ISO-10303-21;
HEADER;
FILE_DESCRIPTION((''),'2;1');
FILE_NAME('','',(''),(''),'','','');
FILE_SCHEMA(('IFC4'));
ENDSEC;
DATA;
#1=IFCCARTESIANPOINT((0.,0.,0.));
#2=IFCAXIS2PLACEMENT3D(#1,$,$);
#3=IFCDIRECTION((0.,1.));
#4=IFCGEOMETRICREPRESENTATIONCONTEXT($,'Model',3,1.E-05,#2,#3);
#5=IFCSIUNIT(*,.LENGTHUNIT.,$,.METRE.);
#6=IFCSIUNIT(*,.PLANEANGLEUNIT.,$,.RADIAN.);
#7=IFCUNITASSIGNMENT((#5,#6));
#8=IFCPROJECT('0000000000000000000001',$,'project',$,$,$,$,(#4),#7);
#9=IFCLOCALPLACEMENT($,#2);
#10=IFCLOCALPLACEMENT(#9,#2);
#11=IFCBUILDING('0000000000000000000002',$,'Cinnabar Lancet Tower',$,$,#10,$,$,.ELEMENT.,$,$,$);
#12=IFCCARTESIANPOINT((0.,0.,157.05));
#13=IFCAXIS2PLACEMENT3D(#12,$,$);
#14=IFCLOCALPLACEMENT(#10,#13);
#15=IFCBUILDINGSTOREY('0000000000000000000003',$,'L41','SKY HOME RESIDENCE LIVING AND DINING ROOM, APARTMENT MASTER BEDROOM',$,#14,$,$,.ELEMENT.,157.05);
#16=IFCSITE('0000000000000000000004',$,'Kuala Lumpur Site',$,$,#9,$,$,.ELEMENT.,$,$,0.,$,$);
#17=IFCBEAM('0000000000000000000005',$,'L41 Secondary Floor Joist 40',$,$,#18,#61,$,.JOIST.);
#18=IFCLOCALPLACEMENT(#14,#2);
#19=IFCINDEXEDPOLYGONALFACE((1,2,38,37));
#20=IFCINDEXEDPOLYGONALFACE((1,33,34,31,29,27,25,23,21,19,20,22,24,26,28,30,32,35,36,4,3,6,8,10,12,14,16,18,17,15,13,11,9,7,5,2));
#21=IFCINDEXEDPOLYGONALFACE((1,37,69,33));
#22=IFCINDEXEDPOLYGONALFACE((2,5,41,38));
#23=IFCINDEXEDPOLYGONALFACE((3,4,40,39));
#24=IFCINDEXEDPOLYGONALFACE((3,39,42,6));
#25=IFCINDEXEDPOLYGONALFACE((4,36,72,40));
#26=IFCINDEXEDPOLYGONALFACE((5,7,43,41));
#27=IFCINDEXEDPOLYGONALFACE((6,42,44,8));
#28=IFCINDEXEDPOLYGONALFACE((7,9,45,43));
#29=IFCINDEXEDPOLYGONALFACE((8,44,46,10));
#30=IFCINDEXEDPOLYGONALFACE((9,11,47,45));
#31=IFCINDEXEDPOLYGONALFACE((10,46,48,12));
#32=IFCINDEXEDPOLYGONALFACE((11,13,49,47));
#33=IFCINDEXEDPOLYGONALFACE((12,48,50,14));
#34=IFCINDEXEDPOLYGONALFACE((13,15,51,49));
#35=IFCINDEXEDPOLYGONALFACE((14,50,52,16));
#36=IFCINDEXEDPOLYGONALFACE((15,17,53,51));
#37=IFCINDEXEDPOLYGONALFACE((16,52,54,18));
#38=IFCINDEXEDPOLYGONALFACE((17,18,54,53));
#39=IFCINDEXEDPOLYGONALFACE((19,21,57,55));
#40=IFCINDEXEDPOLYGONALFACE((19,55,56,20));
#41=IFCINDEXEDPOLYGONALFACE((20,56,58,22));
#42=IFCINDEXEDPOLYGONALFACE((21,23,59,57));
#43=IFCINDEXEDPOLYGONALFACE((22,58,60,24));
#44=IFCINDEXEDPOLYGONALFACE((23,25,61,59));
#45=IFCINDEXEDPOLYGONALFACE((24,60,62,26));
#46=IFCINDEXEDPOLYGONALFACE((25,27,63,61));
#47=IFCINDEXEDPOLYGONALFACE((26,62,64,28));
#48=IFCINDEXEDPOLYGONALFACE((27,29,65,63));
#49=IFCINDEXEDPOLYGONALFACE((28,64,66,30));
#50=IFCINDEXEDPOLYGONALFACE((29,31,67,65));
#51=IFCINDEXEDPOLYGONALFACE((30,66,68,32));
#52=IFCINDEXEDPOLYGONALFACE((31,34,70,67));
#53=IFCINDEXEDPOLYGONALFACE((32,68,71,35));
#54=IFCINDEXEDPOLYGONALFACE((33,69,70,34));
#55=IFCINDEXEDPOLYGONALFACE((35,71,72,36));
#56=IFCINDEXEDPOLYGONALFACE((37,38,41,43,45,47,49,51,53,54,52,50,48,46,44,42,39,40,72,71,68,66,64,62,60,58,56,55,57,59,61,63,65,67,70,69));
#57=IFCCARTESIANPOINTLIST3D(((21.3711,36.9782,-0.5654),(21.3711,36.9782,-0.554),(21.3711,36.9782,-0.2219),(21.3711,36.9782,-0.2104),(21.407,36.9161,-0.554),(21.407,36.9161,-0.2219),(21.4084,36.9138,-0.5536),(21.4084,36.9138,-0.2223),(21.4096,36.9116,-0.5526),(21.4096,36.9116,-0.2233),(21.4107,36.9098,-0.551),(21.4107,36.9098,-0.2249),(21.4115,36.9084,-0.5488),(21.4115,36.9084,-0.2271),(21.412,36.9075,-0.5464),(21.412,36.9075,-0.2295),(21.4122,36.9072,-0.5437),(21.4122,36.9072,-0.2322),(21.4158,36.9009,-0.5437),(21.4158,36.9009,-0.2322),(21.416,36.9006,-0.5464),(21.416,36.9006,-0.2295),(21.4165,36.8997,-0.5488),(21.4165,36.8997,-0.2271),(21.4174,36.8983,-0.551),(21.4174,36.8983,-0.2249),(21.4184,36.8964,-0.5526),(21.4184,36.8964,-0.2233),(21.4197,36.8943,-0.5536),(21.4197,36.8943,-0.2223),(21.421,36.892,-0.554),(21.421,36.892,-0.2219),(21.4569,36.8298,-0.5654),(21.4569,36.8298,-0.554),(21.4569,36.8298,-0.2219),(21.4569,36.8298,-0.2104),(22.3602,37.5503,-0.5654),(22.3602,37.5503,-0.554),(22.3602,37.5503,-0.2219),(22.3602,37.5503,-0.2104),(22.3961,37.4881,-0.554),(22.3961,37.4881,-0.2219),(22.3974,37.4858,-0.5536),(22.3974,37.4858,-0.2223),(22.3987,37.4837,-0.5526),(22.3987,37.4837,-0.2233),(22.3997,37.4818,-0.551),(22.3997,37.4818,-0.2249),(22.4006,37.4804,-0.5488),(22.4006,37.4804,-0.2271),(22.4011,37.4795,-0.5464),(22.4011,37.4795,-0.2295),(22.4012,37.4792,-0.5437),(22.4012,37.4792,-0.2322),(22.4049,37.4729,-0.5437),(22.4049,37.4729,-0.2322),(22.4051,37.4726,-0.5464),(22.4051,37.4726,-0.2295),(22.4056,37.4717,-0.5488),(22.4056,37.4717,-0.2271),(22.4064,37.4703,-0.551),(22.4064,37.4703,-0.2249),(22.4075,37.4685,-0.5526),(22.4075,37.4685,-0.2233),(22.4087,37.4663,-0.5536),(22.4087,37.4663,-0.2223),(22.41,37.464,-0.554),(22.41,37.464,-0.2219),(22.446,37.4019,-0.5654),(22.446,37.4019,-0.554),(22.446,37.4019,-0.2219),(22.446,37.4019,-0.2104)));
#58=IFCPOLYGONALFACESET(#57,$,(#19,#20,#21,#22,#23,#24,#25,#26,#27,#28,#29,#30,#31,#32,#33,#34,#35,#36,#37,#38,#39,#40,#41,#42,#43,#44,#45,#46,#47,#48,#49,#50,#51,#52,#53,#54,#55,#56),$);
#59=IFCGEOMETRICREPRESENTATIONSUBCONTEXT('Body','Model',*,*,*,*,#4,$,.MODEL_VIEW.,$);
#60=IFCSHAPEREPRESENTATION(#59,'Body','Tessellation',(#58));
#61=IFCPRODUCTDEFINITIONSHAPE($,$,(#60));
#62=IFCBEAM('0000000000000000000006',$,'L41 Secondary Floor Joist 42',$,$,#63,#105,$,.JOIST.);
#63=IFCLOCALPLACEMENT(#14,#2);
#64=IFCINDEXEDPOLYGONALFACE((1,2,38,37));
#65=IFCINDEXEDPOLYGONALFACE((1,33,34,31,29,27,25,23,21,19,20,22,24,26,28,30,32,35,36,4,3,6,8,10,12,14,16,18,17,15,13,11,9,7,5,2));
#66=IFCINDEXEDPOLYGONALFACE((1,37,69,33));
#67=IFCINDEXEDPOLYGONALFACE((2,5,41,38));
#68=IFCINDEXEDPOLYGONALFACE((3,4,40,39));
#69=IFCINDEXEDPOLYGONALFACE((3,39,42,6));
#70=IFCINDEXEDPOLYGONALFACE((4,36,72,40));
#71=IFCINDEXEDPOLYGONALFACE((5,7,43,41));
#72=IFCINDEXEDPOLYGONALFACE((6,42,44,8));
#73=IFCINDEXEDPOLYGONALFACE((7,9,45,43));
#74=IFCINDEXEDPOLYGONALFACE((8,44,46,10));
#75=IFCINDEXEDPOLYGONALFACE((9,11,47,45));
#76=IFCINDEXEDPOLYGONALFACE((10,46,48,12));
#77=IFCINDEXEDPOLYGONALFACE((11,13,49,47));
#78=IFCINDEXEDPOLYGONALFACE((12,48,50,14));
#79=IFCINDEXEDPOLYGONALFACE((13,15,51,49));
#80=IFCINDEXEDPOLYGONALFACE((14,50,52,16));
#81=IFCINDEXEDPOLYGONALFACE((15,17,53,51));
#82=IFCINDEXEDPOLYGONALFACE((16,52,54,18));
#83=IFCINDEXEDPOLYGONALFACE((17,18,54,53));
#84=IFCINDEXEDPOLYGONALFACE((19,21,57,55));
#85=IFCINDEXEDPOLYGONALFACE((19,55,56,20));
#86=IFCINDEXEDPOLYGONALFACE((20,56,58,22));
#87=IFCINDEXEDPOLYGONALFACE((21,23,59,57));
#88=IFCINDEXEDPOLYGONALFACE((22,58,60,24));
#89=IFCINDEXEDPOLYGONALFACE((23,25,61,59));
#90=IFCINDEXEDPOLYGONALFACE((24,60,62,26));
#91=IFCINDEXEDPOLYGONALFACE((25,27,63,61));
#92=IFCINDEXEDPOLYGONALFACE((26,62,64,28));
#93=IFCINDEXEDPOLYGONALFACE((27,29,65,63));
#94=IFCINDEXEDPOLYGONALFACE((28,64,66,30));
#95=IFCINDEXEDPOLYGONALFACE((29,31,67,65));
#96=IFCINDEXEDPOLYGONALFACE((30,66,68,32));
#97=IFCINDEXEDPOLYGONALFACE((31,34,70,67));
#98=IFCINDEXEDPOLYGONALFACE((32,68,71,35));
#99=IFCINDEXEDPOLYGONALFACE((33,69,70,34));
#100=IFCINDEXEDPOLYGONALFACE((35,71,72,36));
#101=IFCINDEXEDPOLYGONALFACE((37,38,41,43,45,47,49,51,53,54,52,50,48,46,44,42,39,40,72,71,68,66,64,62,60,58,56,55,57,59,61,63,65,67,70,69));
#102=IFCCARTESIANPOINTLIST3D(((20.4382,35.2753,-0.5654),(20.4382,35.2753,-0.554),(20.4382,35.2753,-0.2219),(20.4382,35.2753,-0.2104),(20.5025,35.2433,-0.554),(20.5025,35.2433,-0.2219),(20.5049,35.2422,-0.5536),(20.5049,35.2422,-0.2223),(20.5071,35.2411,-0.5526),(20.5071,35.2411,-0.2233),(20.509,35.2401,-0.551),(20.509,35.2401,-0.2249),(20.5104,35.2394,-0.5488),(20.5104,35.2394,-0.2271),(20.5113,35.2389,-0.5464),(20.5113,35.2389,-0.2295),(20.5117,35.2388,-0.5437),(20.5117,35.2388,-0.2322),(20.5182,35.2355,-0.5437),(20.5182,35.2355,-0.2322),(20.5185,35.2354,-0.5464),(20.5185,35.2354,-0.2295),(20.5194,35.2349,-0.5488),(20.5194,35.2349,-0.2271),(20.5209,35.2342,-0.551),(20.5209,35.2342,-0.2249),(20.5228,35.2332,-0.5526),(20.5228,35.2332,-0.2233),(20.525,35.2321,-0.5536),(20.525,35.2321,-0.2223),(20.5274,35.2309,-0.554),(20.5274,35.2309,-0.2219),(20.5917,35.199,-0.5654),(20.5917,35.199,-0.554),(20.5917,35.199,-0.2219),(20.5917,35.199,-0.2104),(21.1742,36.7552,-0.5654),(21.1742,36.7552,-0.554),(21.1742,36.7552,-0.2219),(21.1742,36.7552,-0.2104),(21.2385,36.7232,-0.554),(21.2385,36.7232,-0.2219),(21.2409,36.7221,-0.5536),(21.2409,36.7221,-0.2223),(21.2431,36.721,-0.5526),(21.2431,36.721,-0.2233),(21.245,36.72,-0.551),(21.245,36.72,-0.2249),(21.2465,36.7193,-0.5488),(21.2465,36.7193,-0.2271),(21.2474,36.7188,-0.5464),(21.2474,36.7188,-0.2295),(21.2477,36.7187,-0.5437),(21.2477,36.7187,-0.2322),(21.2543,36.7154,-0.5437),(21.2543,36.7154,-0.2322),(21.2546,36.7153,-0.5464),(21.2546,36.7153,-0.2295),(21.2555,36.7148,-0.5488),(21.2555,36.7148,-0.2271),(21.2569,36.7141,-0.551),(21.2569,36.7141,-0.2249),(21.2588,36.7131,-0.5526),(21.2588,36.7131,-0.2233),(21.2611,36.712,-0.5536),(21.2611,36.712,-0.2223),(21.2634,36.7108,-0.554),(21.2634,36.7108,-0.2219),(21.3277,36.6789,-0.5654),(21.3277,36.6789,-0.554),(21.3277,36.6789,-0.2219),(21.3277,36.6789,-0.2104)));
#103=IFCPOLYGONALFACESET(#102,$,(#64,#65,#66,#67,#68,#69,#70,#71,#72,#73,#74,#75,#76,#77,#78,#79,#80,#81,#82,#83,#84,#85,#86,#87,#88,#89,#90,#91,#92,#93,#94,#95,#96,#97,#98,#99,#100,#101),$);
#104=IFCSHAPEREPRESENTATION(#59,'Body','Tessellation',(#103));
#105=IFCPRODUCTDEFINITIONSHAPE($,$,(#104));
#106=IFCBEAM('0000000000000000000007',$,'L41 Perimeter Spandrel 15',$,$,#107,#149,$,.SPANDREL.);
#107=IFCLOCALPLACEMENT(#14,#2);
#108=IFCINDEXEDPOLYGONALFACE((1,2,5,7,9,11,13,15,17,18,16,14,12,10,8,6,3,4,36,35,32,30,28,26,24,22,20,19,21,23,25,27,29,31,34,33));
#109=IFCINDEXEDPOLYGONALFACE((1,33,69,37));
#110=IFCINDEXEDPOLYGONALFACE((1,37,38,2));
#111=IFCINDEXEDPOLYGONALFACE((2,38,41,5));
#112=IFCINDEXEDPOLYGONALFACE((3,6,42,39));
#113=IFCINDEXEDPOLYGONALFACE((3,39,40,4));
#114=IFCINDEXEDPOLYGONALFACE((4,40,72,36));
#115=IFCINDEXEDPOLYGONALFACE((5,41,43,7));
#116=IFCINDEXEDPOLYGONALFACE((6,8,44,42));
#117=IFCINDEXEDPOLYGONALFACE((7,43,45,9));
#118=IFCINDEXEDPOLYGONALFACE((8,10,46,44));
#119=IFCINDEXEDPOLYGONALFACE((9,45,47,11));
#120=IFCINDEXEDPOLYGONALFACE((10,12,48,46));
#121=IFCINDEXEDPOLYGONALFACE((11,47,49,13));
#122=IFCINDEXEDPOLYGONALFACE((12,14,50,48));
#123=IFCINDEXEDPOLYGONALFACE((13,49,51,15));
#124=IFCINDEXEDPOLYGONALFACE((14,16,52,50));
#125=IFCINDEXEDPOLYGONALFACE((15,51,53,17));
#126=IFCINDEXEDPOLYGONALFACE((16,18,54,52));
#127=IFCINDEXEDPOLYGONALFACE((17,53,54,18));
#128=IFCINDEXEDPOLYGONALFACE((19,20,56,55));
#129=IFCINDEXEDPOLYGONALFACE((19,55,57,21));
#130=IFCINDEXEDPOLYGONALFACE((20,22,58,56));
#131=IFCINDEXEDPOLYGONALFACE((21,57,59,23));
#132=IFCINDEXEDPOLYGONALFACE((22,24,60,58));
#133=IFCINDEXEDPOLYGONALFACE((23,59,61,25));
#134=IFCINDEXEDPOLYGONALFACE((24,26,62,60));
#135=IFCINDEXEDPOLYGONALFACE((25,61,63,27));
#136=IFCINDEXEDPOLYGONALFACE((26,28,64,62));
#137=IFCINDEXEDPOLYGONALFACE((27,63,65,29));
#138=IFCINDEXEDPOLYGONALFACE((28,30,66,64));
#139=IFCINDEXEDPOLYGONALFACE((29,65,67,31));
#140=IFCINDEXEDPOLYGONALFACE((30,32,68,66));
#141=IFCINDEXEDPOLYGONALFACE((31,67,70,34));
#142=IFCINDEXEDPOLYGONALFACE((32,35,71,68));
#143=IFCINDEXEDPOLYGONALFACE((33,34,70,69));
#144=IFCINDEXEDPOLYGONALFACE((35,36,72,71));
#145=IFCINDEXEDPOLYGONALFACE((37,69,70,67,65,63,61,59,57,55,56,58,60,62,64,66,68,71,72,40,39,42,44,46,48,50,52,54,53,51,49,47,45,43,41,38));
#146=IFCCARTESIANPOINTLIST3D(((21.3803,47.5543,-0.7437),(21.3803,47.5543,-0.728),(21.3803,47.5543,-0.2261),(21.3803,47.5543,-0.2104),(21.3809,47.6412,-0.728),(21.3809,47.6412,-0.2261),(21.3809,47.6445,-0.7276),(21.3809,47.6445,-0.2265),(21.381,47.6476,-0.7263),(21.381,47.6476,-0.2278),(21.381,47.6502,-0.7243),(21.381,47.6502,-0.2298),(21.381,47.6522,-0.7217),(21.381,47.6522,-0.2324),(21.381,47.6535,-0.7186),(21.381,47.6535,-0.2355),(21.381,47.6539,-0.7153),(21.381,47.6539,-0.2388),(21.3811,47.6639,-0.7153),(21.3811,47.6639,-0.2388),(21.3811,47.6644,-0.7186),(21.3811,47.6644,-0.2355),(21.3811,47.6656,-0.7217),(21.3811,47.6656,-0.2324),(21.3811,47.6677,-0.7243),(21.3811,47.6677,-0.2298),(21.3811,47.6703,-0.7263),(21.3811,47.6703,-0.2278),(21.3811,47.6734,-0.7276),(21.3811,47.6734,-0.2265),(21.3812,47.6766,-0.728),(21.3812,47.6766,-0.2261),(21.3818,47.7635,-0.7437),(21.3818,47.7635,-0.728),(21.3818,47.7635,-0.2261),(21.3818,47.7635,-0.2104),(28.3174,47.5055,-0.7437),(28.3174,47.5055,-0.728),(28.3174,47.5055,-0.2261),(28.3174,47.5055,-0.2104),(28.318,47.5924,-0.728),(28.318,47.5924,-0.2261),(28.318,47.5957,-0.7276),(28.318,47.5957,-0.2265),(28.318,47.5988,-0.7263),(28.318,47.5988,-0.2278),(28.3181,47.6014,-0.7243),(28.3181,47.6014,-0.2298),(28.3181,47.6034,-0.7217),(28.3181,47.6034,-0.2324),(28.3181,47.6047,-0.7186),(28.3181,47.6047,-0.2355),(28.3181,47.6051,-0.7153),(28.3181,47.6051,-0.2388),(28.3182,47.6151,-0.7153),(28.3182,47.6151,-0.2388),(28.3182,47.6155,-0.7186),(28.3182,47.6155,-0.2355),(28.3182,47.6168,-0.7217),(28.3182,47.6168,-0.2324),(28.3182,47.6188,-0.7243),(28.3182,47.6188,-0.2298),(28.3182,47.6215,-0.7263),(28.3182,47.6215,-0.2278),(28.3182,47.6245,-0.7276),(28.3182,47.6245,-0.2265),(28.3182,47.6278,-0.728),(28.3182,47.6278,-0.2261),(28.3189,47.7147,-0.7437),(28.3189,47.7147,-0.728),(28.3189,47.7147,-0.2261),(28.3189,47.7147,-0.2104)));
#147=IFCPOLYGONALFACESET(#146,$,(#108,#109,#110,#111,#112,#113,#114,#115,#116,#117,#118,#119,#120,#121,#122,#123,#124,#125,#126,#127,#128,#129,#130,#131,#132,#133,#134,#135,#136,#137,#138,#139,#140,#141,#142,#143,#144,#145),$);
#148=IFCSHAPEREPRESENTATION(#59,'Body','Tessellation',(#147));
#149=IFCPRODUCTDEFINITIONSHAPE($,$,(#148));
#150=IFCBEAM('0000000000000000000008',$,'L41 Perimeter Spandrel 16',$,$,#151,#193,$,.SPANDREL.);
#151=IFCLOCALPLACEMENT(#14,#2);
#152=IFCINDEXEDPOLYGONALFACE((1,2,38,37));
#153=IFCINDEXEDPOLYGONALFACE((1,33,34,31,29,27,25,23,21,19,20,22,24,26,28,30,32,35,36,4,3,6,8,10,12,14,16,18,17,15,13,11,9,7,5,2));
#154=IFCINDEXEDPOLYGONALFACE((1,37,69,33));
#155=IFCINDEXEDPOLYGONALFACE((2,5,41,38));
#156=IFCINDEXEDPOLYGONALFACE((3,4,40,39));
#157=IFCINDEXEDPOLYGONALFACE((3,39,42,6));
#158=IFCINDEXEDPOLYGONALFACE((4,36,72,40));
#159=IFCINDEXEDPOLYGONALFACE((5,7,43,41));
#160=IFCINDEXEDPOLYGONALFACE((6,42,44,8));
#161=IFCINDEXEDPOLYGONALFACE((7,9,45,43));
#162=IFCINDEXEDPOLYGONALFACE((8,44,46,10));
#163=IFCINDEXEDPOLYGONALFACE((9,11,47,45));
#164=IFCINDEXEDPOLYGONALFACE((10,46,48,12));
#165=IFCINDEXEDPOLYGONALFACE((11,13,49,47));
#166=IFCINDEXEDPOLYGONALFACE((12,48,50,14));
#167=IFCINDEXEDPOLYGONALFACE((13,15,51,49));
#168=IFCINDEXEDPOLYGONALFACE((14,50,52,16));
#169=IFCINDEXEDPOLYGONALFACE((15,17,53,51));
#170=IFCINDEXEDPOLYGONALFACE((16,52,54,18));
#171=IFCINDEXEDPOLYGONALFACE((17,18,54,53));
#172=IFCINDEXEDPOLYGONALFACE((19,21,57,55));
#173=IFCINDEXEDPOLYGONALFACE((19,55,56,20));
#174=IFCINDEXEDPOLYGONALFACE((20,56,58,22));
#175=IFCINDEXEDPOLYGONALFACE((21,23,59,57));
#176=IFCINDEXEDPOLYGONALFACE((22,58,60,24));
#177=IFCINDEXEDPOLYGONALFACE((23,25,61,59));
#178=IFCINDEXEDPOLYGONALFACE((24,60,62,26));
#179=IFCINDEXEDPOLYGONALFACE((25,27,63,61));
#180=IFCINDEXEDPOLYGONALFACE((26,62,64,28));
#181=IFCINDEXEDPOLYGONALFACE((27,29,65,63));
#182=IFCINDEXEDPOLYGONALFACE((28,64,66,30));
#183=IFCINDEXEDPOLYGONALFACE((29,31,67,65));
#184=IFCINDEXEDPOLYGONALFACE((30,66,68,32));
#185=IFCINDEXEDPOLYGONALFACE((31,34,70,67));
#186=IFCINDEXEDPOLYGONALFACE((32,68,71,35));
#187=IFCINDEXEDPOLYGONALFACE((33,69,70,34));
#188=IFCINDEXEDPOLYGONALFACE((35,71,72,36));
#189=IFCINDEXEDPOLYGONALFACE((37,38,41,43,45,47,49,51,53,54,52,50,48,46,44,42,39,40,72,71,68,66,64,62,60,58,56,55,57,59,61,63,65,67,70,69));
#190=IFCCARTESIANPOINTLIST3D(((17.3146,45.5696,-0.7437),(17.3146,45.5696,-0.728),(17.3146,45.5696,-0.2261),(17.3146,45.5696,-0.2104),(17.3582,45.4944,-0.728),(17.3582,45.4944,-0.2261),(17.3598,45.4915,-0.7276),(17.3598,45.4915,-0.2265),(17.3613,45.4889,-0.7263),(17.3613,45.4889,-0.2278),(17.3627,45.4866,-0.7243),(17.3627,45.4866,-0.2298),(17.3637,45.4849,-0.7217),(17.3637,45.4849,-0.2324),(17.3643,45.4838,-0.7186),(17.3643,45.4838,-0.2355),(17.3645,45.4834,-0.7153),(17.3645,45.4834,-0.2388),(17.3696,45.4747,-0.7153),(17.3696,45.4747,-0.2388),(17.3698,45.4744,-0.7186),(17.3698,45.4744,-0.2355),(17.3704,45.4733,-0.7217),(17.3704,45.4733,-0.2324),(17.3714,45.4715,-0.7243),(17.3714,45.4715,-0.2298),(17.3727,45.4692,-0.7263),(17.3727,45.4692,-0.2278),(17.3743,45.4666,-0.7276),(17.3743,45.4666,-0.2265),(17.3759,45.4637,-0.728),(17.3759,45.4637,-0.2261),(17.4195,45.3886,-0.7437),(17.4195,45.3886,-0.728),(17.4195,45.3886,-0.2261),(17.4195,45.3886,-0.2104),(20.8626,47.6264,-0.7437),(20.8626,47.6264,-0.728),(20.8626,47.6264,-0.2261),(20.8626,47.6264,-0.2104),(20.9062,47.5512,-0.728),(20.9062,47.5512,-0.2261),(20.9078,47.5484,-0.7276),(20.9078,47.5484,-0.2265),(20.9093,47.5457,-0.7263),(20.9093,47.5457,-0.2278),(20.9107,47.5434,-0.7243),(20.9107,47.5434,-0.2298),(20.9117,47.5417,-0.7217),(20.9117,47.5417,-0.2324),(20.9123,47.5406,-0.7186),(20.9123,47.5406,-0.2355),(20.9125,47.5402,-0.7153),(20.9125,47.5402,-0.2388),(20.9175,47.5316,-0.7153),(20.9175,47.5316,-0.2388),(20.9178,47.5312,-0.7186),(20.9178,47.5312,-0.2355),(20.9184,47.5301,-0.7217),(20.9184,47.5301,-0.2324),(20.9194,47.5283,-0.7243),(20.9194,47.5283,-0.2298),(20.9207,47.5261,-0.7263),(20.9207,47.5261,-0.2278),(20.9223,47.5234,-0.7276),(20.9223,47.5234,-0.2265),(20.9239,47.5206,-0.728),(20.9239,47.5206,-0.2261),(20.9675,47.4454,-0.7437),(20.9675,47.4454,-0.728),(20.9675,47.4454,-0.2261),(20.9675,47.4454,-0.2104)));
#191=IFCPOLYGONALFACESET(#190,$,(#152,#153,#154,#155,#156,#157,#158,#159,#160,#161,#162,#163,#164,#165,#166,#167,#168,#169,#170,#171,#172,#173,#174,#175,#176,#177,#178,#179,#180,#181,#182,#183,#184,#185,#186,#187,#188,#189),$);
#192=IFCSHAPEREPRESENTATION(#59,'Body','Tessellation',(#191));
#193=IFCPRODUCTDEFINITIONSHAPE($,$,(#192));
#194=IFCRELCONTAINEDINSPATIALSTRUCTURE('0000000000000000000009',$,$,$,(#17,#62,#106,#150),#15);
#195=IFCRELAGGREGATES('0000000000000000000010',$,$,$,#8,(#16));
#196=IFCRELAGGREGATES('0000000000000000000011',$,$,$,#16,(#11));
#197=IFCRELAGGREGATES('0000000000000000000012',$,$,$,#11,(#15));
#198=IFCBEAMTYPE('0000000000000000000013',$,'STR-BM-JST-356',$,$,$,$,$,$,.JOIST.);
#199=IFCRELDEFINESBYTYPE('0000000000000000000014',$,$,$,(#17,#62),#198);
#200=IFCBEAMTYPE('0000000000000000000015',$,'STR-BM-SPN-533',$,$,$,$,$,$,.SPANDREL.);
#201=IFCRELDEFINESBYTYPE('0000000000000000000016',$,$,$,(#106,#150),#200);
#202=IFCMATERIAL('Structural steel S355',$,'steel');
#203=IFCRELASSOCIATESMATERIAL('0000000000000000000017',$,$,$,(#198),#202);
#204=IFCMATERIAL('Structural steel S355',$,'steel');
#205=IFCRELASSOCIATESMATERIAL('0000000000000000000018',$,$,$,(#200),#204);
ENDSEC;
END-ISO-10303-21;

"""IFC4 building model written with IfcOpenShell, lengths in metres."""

from ifc_helpers import new_model, si_unit, direction, frame, origin, origin_2d, place, context, subcontext, project, spatial, i_section, extrude, material, material_profile, profile_set, type_object, element, save


model = new_model("IFC4")

# Units and contexts
model_context = context("Model", 3, precision=1e-05, world=origin(), true_north=direction((0.0, 1.0)))
body_context = subcontext(model_context, "Body", "Model", "MODEL_VIEW")
ifc_project = project(units=[si_unit("LENGTHUNIT", "METRE"), si_unit("PLANEANGLEUNIT", "RADIAN")], contexts=[model_context])

# Site, building, storey
site_placement = place(None, origin())
site = spatial("IfcSite", under=ifc_project, at=site_placement, Name="Kuala Lumpur Site", CompositionType="ELEMENT", RefElevation=0.0)
building_placement = place(site_placement, origin())
building = spatial("IfcBuilding", under=site, at=building_placement, Name="Cinnabar Lancet Tower", CompositionType="ELEMENT")
storey_placement = place(building_placement, frame((0.0, 0.0, 157.05)))
storey = spatial("IfcBuildingStorey", under=building, at=storey_placement, Name="L41", Description="SKY HOME RESIDENCE LIVING AND DINING ROOM, APARTMENT MASTER BEDROOM", CompositionType="ELEMENT", Elevation=157.05)

# Beams
ifc_material_1 = material(Name="Structural steel S355", Category="steel")
ifc_material_profile_1 = material_profile(ifc_material_1, i_section(OverallWidth=0.1714, OverallDepth=0.355, WebThickness=0.0073, FlangeThickness=0.0115, FilletRadius=0.0103, at=origin_2d()), Name="UKB 356x171x51")
ifc_profile_set_1 = profile_set([ifc_material_profile_1], Name="Structural steel S355")
beam_type_1 = type_object("IfcBeamType", Name="STR-BM-JST-356", PredefinedType="JOIST", material=ifc_profile_set_1)
beam_1_placement = place(storey_placement, frame((22.4031, 37.4761, -0.3879), z_axis=(-0.865641, -0.500666, 0.0), x_axis=(0.500666, -0.865641, 0.0)))
element("IfcBeam", 1, at=beam_1_placement, inside=storey, type_object=beam_type_1, Name="L41 Secondary Floor Joist 40", PredefinedType="JOIST", context=body_context, shape_type="SweptSolid", body=[
    extrude(i_section(OverallWidth=0.1714, OverallDepth=0.355, WebThickness=0.0073, FlangeThickness=0.0115, FilletRadius=0.0103, at=origin_2d()), origin(), (0.0, 0.0, 1.0), 1.1426),
])
beam_2_placement = place(storey_placement, frame((21.251, 36.717, -0.3879), z_axis=(-0.445322, -0.89537, 0.0), x_axis=(0.89537, -0.445322, 0.0)))
element("IfcBeam", 2, at=beam_2_placement, inside=storey, type_object=beam_type_1, Name="L41 Secondary Floor Joist 42", PredefinedType="JOIST", context=body_context, shape_type="SweptSolid", body=[
    extrude(i_section(OverallWidth=0.1714, OverallDepth=0.355, WebThickness=0.0073, FlangeThickness=0.0115, FilletRadius=0.0103, at=origin_2d()), origin(), (0.0, 0.0, 1.0), 1.6528),
])
ifc_material_2 = material(Name="Structural steel S355", Category="steel")
ifc_material_profile_2 = material_profile(ifc_material_2, i_section(OverallWidth=0.2092, OverallDepth=0.5332, WebThickness=0.01, FlangeThickness=0.0156, FilletRadius=0.0127, at=origin_2d()), Name="UKB 533x210x92")
ifc_profile_set_2 = profile_set([ifc_material_profile_2], Name="Structural steel S355")
beam_type_2 = type_object("IfcBeamType", Name="STR-BM-SPN-533", PredefinedType="SPANDREL", material=ifc_profile_set_2)
beam_3_placement = place(storey_placement, frame((28.3181, 47.6101, -0.4771), z_axis=(-0.999975, 0.007039, 0.0), x_axis=(-0.007039, -0.999975, 0.0)))
element("IfcBeam", 3, at=beam_3_placement, inside=storey, type_object=beam_type_2, Name="L41 Perimeter Spandrel 15", PredefinedType="SPANDREL", context=body_context, shape_type="SweptSolid", body=[
    extrude(i_section(OverallWidth=0.2092, OverallDepth=0.5332, WebThickness=0.01, FlangeThickness=0.0156, FilletRadius=0.0127, at=origin_2d()), origin(), (0.0, 0.0, 1.0), 6.9373),
])
beam_4_placement = place(storey_placement, frame((20.915, 47.5359, -0.4771), z_axis=(-0.865138, -0.501534, 0.0), x_axis=(0.501534, -0.865138, 0.0)))
element("IfcBeam", 4, at=beam_4_placement, inside=storey, type_object=beam_type_2, Name="L41 Perimeter Spandrel 16", PredefinedType="SPANDREL", context=body_context, shape_type="SweptSolid", body=[
    extrude(i_section(OverallWidth=0.2092, OverallDepth=0.5332, WebThickness=0.01, FlangeThickness=0.0156, FilletRadius=0.0127, at=origin_2d()), origin(), (0.0, 0.0, 1.0), 4.1011),
])

save(model, "model.ifc")
